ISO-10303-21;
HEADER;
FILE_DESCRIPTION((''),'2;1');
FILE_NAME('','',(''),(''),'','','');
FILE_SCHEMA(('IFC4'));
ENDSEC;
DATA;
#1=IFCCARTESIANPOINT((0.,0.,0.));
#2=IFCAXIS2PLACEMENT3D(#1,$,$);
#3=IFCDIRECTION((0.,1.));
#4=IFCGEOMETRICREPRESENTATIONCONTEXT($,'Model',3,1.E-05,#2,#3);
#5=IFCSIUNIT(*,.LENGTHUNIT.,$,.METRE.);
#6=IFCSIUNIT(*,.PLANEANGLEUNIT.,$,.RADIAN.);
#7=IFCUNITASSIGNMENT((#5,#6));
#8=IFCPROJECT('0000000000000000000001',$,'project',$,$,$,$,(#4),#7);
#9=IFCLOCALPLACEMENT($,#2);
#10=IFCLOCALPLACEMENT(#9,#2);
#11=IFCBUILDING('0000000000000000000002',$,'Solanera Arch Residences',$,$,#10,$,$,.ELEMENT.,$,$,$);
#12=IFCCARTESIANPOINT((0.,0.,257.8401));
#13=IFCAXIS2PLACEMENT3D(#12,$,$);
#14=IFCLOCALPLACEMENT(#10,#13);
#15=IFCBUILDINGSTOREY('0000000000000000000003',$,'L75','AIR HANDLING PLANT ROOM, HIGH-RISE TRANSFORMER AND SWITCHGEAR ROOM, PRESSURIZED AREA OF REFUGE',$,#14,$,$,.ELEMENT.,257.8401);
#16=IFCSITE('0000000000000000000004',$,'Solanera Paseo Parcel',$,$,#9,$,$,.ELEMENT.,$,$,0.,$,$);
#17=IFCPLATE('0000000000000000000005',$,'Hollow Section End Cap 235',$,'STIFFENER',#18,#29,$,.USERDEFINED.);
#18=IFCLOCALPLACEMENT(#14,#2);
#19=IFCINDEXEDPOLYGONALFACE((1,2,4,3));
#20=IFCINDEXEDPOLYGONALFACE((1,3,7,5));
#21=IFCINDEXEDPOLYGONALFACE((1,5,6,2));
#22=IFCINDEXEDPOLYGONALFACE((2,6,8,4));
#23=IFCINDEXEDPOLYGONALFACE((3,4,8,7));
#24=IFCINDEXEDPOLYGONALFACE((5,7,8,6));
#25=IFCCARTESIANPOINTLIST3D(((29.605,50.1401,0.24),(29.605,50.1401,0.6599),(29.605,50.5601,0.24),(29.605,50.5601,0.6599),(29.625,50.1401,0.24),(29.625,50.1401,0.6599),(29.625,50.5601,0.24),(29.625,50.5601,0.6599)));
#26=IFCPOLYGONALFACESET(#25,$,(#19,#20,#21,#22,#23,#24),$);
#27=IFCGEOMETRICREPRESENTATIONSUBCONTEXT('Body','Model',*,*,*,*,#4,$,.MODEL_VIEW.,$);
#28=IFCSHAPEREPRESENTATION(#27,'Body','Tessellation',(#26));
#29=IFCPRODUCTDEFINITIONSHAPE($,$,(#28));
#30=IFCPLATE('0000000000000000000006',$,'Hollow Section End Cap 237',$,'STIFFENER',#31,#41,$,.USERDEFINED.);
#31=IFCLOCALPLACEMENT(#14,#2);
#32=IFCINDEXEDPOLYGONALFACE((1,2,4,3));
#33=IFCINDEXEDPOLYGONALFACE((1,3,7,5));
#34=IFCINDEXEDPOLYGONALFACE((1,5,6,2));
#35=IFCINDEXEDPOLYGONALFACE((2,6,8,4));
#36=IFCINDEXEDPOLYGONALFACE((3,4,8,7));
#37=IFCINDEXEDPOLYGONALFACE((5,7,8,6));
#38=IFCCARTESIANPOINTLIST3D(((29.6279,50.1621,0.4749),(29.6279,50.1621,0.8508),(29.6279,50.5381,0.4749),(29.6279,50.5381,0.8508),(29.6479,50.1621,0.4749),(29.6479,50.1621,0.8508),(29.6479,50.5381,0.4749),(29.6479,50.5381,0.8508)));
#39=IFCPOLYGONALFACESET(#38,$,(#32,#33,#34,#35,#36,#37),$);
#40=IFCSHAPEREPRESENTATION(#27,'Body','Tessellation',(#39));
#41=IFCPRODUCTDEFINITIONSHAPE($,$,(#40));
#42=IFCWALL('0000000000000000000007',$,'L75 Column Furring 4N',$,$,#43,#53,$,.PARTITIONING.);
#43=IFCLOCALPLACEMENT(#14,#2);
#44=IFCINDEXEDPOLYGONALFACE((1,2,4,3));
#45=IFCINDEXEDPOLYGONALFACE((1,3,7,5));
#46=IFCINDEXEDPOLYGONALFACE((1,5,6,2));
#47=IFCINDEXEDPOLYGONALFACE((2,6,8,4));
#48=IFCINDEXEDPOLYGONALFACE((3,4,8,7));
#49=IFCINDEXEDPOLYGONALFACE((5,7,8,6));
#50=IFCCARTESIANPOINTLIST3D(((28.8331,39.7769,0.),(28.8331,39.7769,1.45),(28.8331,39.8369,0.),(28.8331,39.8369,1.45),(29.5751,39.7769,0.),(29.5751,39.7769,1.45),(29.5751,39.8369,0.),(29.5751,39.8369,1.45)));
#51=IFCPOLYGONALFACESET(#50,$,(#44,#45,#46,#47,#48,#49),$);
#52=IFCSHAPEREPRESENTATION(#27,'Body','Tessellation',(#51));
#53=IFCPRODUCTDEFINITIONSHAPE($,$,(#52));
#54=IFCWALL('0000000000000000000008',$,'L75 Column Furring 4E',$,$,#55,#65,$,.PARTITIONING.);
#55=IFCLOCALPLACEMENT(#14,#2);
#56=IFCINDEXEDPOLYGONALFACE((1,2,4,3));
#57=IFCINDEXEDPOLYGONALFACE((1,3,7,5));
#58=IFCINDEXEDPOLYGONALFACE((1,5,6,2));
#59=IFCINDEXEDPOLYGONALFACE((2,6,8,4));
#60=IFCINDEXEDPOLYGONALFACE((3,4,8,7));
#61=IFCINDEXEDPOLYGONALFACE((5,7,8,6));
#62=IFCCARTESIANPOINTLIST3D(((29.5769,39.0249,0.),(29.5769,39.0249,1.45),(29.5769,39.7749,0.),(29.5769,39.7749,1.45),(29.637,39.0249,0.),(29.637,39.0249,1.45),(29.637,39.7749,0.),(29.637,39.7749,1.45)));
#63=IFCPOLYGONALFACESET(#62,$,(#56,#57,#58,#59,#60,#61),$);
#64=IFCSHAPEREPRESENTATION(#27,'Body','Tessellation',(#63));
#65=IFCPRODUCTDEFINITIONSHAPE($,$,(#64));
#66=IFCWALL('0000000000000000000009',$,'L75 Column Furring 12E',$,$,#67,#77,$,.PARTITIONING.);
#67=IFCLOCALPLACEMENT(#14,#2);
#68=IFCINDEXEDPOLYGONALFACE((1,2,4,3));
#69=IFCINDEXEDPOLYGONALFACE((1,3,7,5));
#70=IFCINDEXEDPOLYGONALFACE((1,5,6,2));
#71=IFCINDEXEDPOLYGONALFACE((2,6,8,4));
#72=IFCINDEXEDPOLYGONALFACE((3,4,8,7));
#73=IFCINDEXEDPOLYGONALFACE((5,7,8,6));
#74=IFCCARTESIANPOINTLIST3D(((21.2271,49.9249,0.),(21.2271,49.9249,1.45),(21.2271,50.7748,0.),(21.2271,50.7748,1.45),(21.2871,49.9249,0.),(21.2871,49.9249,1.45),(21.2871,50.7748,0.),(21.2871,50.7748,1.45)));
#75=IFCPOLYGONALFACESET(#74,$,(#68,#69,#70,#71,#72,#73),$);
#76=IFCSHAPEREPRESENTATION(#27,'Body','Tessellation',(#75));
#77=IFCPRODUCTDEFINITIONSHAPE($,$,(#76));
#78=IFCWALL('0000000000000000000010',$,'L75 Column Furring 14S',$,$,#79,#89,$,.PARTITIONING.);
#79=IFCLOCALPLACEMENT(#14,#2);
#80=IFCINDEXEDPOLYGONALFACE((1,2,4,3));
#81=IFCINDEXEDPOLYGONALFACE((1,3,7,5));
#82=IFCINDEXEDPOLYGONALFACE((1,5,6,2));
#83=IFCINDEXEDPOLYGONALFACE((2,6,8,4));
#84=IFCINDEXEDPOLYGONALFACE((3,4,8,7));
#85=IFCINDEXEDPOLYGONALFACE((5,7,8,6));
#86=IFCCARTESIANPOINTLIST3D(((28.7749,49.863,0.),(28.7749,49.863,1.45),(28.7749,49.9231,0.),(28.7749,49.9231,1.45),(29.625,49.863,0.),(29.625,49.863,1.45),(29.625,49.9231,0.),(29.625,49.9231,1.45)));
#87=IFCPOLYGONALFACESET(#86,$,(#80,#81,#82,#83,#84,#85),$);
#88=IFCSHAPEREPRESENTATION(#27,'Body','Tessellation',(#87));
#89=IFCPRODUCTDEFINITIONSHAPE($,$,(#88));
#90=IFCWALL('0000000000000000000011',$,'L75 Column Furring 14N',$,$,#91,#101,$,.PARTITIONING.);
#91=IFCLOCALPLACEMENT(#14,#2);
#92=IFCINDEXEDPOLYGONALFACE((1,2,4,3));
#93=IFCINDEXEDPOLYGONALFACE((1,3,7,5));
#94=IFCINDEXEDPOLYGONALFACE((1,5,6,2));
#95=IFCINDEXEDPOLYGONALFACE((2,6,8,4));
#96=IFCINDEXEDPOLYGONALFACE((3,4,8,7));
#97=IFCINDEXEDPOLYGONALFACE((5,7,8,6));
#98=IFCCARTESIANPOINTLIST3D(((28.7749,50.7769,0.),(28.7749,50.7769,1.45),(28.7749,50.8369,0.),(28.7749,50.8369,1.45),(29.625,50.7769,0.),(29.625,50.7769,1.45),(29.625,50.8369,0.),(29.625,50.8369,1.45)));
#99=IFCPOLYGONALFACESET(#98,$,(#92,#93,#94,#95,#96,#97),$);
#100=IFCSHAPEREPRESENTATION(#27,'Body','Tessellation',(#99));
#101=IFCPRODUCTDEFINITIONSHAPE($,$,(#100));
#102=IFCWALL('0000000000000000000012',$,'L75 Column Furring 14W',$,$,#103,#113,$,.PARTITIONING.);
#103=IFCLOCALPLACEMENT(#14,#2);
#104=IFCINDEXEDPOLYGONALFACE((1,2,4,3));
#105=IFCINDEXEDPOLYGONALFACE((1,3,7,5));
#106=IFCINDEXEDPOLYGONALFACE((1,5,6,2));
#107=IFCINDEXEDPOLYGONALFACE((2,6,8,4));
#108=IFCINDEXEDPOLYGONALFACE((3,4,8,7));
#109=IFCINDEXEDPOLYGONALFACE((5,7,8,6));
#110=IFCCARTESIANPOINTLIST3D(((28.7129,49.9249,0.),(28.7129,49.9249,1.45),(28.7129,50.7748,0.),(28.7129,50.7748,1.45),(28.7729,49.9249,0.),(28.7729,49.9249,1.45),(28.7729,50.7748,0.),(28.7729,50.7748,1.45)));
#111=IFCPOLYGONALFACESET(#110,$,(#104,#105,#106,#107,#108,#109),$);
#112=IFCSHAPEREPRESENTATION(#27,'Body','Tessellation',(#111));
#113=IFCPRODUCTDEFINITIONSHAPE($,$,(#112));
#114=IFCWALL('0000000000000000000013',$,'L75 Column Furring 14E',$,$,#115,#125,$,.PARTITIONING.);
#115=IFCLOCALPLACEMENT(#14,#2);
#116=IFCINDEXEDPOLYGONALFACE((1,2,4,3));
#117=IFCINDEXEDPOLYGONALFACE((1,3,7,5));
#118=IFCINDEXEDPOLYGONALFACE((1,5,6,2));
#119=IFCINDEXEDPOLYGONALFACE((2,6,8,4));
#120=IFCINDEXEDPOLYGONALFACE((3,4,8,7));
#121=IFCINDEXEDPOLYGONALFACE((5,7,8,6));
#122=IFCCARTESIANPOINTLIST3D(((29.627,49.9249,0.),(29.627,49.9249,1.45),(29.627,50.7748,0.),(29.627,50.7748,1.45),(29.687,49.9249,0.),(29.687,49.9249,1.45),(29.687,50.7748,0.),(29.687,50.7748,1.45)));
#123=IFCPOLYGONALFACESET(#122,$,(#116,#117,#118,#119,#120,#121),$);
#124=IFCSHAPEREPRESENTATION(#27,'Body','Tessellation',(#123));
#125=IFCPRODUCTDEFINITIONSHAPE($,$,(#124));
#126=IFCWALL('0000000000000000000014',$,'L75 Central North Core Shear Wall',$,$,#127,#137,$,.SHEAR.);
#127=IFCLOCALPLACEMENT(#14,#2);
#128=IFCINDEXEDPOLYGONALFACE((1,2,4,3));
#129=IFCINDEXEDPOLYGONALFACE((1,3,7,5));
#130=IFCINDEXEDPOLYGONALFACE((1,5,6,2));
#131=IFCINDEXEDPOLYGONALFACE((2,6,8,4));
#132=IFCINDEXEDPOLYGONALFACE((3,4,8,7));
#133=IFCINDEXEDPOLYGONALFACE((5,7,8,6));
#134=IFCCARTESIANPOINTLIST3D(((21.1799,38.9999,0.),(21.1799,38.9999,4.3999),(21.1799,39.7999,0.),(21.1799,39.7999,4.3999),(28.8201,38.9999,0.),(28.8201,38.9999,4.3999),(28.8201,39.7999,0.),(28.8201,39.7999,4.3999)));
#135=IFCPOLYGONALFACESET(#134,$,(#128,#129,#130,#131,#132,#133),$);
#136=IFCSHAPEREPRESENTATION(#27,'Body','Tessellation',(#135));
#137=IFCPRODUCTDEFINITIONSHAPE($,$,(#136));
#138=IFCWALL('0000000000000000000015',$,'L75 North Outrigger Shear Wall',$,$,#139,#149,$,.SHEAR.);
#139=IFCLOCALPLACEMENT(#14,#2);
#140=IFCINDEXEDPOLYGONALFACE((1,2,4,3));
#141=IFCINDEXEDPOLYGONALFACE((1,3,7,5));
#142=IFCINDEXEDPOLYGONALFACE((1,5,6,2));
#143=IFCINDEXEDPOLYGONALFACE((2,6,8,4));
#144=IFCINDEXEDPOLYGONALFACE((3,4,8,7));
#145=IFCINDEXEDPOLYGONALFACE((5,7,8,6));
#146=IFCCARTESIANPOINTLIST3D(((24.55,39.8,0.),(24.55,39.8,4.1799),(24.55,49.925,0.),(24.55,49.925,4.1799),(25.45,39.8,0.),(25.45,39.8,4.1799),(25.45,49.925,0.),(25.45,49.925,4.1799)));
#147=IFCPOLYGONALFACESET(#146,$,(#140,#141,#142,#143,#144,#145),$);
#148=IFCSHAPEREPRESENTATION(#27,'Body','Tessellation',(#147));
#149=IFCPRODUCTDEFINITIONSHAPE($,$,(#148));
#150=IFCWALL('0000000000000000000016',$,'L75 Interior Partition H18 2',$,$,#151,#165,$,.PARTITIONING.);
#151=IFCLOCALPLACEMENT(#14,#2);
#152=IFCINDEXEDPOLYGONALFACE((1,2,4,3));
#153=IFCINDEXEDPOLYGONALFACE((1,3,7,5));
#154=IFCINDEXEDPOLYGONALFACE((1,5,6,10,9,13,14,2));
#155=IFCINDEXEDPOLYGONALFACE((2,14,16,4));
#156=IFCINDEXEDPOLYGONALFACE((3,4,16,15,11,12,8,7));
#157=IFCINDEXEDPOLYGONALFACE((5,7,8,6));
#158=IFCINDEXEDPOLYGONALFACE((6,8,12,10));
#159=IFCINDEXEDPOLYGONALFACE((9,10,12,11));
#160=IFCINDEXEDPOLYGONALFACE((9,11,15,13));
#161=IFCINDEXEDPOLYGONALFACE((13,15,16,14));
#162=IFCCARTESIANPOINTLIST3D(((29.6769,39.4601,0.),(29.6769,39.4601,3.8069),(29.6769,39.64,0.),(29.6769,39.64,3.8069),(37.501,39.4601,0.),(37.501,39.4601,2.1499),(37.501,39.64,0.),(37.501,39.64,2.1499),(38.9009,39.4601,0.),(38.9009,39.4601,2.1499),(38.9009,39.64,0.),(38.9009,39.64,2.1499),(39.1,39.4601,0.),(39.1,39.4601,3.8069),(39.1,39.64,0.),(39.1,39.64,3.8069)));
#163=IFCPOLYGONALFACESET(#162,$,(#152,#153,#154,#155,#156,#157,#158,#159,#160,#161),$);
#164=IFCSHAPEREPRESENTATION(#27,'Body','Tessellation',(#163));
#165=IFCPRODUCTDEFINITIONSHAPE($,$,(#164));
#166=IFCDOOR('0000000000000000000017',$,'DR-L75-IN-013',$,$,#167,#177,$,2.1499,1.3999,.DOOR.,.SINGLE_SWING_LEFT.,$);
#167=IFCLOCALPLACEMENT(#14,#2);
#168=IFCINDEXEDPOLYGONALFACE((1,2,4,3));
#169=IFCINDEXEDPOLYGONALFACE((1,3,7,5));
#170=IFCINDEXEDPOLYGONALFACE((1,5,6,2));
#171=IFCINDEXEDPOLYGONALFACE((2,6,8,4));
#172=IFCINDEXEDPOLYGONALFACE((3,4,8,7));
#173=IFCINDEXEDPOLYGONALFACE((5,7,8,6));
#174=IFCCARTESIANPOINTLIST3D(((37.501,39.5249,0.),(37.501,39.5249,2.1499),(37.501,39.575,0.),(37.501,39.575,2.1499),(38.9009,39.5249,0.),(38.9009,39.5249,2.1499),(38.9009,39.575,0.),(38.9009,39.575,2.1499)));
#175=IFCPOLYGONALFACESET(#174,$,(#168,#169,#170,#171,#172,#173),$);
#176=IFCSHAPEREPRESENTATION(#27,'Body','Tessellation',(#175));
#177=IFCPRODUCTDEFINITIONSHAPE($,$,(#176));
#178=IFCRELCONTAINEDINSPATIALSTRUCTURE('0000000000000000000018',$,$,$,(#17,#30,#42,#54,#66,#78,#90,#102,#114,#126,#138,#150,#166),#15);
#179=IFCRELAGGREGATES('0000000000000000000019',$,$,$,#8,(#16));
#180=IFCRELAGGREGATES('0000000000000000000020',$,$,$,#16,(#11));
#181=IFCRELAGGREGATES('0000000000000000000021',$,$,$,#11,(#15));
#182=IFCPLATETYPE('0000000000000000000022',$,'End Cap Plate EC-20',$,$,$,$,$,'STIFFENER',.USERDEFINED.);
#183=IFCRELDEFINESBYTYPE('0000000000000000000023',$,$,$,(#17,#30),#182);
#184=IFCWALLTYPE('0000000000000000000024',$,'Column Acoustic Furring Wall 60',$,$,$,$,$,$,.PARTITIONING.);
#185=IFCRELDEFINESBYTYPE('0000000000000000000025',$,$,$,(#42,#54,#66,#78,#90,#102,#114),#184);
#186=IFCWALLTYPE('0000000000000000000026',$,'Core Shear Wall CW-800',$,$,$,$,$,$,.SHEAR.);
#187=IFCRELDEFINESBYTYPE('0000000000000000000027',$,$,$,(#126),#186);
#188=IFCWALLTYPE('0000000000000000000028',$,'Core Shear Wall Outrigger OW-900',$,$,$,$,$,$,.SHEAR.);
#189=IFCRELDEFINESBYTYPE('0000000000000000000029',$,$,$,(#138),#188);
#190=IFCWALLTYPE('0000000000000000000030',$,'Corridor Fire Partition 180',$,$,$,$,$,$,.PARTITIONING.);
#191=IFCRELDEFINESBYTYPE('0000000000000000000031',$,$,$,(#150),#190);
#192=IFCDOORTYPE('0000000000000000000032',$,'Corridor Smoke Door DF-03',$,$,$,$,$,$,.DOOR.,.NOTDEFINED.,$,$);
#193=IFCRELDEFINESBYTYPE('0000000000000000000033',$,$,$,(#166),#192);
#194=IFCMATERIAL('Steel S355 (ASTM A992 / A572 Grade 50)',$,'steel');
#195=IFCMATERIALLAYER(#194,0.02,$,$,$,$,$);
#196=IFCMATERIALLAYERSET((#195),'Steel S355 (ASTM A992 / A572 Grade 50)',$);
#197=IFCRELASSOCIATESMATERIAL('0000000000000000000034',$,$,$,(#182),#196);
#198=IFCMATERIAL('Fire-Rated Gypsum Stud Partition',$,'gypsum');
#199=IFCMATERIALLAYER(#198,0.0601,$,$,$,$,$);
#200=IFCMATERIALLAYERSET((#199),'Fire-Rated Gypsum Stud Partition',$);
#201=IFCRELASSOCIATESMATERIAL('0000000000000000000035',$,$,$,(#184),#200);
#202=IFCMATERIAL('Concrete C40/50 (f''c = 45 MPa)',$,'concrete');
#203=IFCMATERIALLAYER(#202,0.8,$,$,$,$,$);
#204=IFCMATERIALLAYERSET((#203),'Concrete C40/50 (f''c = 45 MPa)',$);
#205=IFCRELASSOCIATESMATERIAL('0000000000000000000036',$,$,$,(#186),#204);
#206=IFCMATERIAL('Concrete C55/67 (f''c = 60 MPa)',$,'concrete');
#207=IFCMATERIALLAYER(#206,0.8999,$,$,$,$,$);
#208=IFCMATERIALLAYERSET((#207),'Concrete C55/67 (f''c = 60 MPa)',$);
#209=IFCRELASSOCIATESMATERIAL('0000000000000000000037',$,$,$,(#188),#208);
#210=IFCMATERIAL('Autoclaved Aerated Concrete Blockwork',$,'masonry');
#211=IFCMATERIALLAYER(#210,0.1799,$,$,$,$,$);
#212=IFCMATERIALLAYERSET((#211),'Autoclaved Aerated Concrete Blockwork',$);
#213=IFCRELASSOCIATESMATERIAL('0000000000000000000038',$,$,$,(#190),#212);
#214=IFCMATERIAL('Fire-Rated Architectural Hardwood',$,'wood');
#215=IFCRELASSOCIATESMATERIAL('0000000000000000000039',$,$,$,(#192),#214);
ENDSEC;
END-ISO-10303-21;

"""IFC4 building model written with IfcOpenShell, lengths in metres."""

from ifc_helpers import new_model, si_unit, direction, frame, frame_2d, origin, origin_2d, place, context, subcontext, project, spatial, rectangle, extrude, material, layer, layer_set, type_object, element, fill, save


model = new_model("IFC4")

# Units and contexts
model_context = context("Model", 3, precision=1e-05, world=origin(), true_north=direction((0.0, 1.0)))
body_context = subcontext(model_context, "Body", "Model", "MODEL_VIEW")
ifc_project = project(units=[si_unit("LENGTHUNIT", "METRE"), si_unit("PLANEANGLEUNIT", "RADIAN")], contexts=[model_context])

# Site, building, storey
site_placement = place(None, origin())
site = spatial("IfcSite", under=ifc_project, at=site_placement, Name="Solanera Paseo Parcel", CompositionType="ELEMENT", RefElevation=0.0)
building_placement = place(site_placement, origin())
building = spatial("IfcBuilding", under=site, at=building_placement, Name="Solanera Arch Residences", CompositionType="ELEMENT")
storey_placement = place(building_placement, frame((0.0, 0.0, 257.8401)))
storey = spatial("IfcBuildingStorey", under=building, at=storey_placement, Name="L75", Description="AIR HANDLING PLANT ROOM, HIGH-RISE TRANSFORMER AND SWITCHGEAR ROOM, PRESSURIZED AREA OF REFUGE", CompositionType="ELEMENT", Elevation=257.8401)

# Plates
ifc_material_1 = material(Name="Steel S355 (ASTM A992 / A572 Grade 50)", Category="steel")
ifc_layer_1 = layer(ifc_material_1, 0.02)
ifc_layer_set_1 = layer_set([ifc_layer_1], Name="Steel S355 (ASTM A992 / A572 Grade 50)")
plate_type = type_object("IfcPlateType", Name="End Cap Plate EC-20", ElementType="STIFFENER", PredefinedType="USERDEFINED", material=ifc_layer_set_1)
plate_1_placement = place(storey_placement, frame((29.615, 50.3501, 0.24), z_axis=(0.0, 0.0, 1.0), x_axis=(-1.0, 0.0, 0.0)))
element("IfcPlate", 1, at=plate_1_placement, inside=storey, type_object=plate_type, Name="Hollow Section End Cap 235", ObjectType="STIFFENER", PredefinedType="USERDEFINED", context=body_context, shape_type="SweptSolid", body=[
    extrude(rectangle(XDim=0.02, YDim=0.4199, at=origin_2d()), origin(), (0.0, 0.0, 1.0), 0.4199),
])
plate_2_placement = place(storey_placement, frame((29.6379, 50.3501, 0.4749), z_axis=(0.0, 0.0, 1.0), x_axis=(-1.0, 0.0, 0.0)))
element("IfcPlate", 2, at=plate_2_placement, inside=storey, type_object=plate_type, Name="Hollow Section End Cap 237", ObjectType="STIFFENER", PredefinedType="USERDEFINED", context=body_context, shape_type="SweptSolid", body=[
    extrude(rectangle(XDim=0.02, YDim=0.376, at=origin_2d()), origin(), (0.0, 0.0, 1.0), 0.376),
])

# Walls
ifc_material_2 = material(Name="Fire-Rated Gypsum Stud Partition", Category="gypsum")
ifc_layer_2 = layer(ifc_material_2, 0.0601)
ifc_layer_set_2 = layer_set([ifc_layer_2], Name="Fire-Rated Gypsum Stud Partition")
wall_type_1 = type_object("IfcWallType", Name="Column Acoustic Furring Wall 60", PredefinedType="PARTITIONING", material=ifc_layer_set_2)
wall_1_placement = place(storey_placement, frame((28.833, 39.8069, 0.0), z_axis=(0.0, 0.0, 1.0), x_axis=(1.0, 0.0, 0.0)))
element("IfcWall", 3, at=wall_1_placement, inside=storey, type_object=wall_type_1, Name="L75 Column Furring 4N", PredefinedType="PARTITIONING", context=body_context, shape_type="SweptSolid", body=[
    extrude(rectangle(XDim=0.7419, YDim=0.0601, at=frame_2d((0.3711, 0.0))), origin(), (0.0, 0.0, 1.0), 1.45),
])
wall_2_placement = place(storey_placement, frame((29.6069, 39.0249, 0.0), z_axis=(0.0, 0.0, 1.0), x_axis=(0.0, 1.0, 0.0)))
element("IfcWall", 4, at=wall_2_placement, inside=storey, type_object=wall_type_1, Name="L75 Column Furring 4E", PredefinedType="PARTITIONING", context=body_context, shape_type="SweptSolid", body=[
    extrude(rectangle(XDim=0.75, YDim=0.0601, at=frame_2d((0.375, 0.0))), origin(), (0.0, 0.0, 1.0), 1.45),
])
wall_3_placement = place(storey_placement, frame((21.2571, 49.925, 0.0), z_axis=(0.0, 0.0, 1.0), x_axis=(0.0, 1.0, 0.0)))
element("IfcWall", 5, at=wall_3_placement, inside=storey, type_object=wall_type_1, Name="L75 Column Furring 12E", PredefinedType="PARTITIONING", context=body_context, shape_type="SweptSolid", body=[
    extrude(rectangle(XDim=0.8499, YDim=0.0601, at=frame_2d((0.4248, 0.0))), origin(), (0.0, 0.0, 1.0), 1.45),
])
for number, where, z_axis, x_axis, name in (
    (6, (28.7749, 49.8931, 0.0), (0.0, 0.0, 1.0), (1.0, 0.0, 0.0), "L75 Column Furring 14S"),
    (7, (28.7749, 50.8069, 0.0), (0.0, 0.0, 1.0), (1.0, 0.0, 0.0), "L75 Column Furring 14N"),
):
    element("IfcWall", number, at=place(storey_placement, frame(where, z_axis=z_axis, x_axis=x_axis)), inside=storey, type_object=wall_type_1, Name=name, PredefinedType="PARTITIONING", context=body_context, shape_type="SweptSolid", body=[
        extrude(rectangle(XDim=0.8501, YDim=0.0601, at=frame_2d((0.425, 0.0))), origin(), (0.0, 0.0, 1.0), 1.45),
    ])
for number, where, z_axis, x_axis, name in (
    (8, (28.7429, 49.925, 0.0), (0.0, 0.0, 1.0), (0.0, 1.0, 0.0), "L75 Column Furring 14W"),
    (9, (29.657, 49.925, 0.0), (0.0, 0.0, 1.0), (0.0, 1.0, 0.0), "L75 Column Furring 14E"),
):
    element("IfcWall", number, at=place(storey_placement, frame(where, z_axis=z_axis, x_axis=x_axis)), inside=storey, type_object=wall_type_1, Name=name, PredefinedType="PARTITIONING", context=body_context, shape_type="SweptSolid", body=[
        extrude(rectangle(XDim=0.8499, YDim=0.0601, at=frame_2d((0.4248, 0.0))), origin(), (0.0, 0.0, 1.0), 1.45),
    ])
ifc_material_3 = material(Name="Concrete C40/50 (f'c = 45 MPa)", Category="concrete")
ifc_layer_3 = layer(ifc_material_3, 0.8)
ifc_layer_set_3 = layer_set([ifc_layer_3], Name="Concrete C40/50 (f'c = 45 MPa)")
wall_type_2 = type_object("IfcWallType", Name="Core Shear Wall CW-800", PredefinedType="SHEAR", material=ifc_layer_set_3)
wall_4_placement = place(storey_placement, frame((21.1799, 39.3999, 0.0), z_axis=(0.0, 0.0, 1.0), x_axis=(1.0, 0.0, 0.0)))
element("IfcWall", 10, at=wall_4_placement, inside=storey, type_object=wall_type_2, Name="L75 Central North Core Shear Wall", PredefinedType="SHEAR", context=body_context, shape_type="SweptSolid", body=[
    extrude(rectangle(XDim=7.6401, YDim=0.8, at=frame_2d((3.8201, 0.0))), origin(), (0.0, 0.0, 1.0), 4.3999),
])
ifc_material_4 = material(Name="Concrete C55/67 (f'c = 60 MPa)", Category="concrete")
ifc_layer_4 = layer(ifc_material_4, 0.8999)
ifc_layer_set_4 = layer_set([ifc_layer_4], Name="Concrete C55/67 (f'c = 60 MPa)")
wall_type_3 = type_object("IfcWallType", Name="Core Shear Wall Outrigger OW-900", PredefinedType="SHEAR", material=ifc_layer_set_4)
wall_5_placement = place(storey_placement, frame((25.0, 39.8, 0.0), z_axis=(0.0, 0.0, 1.0), x_axis=(0.0, 1.0, 0.0)))
element("IfcWall", 11, at=wall_5_placement, inside=storey, type_object=wall_type_3, Name="L75 North Outrigger Shear Wall", PredefinedType="SHEAR", context=body_context, shape_type="SweptSolid", body=[
    extrude(rectangle(XDim=10.125, YDim=0.8999, at=frame_2d((5.0625, 0.0))), origin(), (0.0, 0.0, 1.0), 4.1799),
])

# Wall, opening, door
ifc_material_5 = material(Name="Autoclaved Aerated Concrete Blockwork", Category="masonry")
ifc_layer_5 = layer(ifc_material_5, 0.1799)
ifc_layer_set_5 = layer_set([ifc_layer_5], Name="Autoclaved Aerated Concrete Blockwork")
wall_type_4 = type_object("IfcWallType", Name="Corridor Fire Partition 180", PredefinedType="PARTITIONING", material=ifc_layer_set_5)
wall_6_placement = place(storey_placement, frame((29.677, 39.55, 0.0), z_axis=(0.0, 0.0, 1.0), x_axis=(1.0, 0.0, 0.0)))
wall_6 = element("IfcWall", 12, at=wall_6_placement, inside=storey, type_object=wall_type_4, Name="L75 Interior Partition H18 2", PredefinedType="PARTITIONING", context=body_context, shape_type="SweptSolid", body=[
    extrude(rectangle(XDim=9.4231, YDim=0.1799, at=frame_2d((4.7114, 0.0))), origin(), (0.0, 0.0, 1.0), 3.8069),
])
opening_placement = place(wall_6_placement, frame((7.824, 0.0, 0.0)))
opening = element("IfcOpeningElement", 13, at=opening_placement, cuts=wall_6, PredefinedType="OPENING", context=body_context, shape_type="SweptSolid", body=[
    extrude(rectangle(XDim=1.3999, YDim=2.1499, at=frame_2d((0.7, 1.075))), frame((0.0, 0.1001, 0.0), z_axis=(0.0, -1.0, 0.0), x_axis=(1.0, 0.0, 0.0)), (0.0, 0.0, 1.0), 0.1999),
])
ifc_material_6 = material(Name="Fire-Rated Architectural Hardwood", Category="wood")
door_type = type_object("IfcDoorType", Name="Corridor Smoke Door DF-03", OperationType="NOTDEFINED", PredefinedType="DOOR", material=ifc_material_6)
door_placement = place(opening_placement, origin())
door = element("IfcDoor", 14, at=door_placement, inside=storey, type_object=door_type, Name="DR-L75-IN-013", OperationType="SINGLE_SWING_LEFT", OverallHeight=2.1499, OverallWidth=1.3999, PredefinedType="DOOR", context=body_context, shape_type="SweptSolid", body=[
    extrude(rectangle(XDim=1.3999, YDim=2.1499, at=frame_2d((0.7, 1.075))), frame((0.0, 0.0249, 0.0), z_axis=(0.0, -1.0, 0.0), x_axis=(1.0, 0.0, 0.0)), (0.0, 0.0, 1.0), 0.05),
])
fill(opening, door)

save(model, "model.ifc")
